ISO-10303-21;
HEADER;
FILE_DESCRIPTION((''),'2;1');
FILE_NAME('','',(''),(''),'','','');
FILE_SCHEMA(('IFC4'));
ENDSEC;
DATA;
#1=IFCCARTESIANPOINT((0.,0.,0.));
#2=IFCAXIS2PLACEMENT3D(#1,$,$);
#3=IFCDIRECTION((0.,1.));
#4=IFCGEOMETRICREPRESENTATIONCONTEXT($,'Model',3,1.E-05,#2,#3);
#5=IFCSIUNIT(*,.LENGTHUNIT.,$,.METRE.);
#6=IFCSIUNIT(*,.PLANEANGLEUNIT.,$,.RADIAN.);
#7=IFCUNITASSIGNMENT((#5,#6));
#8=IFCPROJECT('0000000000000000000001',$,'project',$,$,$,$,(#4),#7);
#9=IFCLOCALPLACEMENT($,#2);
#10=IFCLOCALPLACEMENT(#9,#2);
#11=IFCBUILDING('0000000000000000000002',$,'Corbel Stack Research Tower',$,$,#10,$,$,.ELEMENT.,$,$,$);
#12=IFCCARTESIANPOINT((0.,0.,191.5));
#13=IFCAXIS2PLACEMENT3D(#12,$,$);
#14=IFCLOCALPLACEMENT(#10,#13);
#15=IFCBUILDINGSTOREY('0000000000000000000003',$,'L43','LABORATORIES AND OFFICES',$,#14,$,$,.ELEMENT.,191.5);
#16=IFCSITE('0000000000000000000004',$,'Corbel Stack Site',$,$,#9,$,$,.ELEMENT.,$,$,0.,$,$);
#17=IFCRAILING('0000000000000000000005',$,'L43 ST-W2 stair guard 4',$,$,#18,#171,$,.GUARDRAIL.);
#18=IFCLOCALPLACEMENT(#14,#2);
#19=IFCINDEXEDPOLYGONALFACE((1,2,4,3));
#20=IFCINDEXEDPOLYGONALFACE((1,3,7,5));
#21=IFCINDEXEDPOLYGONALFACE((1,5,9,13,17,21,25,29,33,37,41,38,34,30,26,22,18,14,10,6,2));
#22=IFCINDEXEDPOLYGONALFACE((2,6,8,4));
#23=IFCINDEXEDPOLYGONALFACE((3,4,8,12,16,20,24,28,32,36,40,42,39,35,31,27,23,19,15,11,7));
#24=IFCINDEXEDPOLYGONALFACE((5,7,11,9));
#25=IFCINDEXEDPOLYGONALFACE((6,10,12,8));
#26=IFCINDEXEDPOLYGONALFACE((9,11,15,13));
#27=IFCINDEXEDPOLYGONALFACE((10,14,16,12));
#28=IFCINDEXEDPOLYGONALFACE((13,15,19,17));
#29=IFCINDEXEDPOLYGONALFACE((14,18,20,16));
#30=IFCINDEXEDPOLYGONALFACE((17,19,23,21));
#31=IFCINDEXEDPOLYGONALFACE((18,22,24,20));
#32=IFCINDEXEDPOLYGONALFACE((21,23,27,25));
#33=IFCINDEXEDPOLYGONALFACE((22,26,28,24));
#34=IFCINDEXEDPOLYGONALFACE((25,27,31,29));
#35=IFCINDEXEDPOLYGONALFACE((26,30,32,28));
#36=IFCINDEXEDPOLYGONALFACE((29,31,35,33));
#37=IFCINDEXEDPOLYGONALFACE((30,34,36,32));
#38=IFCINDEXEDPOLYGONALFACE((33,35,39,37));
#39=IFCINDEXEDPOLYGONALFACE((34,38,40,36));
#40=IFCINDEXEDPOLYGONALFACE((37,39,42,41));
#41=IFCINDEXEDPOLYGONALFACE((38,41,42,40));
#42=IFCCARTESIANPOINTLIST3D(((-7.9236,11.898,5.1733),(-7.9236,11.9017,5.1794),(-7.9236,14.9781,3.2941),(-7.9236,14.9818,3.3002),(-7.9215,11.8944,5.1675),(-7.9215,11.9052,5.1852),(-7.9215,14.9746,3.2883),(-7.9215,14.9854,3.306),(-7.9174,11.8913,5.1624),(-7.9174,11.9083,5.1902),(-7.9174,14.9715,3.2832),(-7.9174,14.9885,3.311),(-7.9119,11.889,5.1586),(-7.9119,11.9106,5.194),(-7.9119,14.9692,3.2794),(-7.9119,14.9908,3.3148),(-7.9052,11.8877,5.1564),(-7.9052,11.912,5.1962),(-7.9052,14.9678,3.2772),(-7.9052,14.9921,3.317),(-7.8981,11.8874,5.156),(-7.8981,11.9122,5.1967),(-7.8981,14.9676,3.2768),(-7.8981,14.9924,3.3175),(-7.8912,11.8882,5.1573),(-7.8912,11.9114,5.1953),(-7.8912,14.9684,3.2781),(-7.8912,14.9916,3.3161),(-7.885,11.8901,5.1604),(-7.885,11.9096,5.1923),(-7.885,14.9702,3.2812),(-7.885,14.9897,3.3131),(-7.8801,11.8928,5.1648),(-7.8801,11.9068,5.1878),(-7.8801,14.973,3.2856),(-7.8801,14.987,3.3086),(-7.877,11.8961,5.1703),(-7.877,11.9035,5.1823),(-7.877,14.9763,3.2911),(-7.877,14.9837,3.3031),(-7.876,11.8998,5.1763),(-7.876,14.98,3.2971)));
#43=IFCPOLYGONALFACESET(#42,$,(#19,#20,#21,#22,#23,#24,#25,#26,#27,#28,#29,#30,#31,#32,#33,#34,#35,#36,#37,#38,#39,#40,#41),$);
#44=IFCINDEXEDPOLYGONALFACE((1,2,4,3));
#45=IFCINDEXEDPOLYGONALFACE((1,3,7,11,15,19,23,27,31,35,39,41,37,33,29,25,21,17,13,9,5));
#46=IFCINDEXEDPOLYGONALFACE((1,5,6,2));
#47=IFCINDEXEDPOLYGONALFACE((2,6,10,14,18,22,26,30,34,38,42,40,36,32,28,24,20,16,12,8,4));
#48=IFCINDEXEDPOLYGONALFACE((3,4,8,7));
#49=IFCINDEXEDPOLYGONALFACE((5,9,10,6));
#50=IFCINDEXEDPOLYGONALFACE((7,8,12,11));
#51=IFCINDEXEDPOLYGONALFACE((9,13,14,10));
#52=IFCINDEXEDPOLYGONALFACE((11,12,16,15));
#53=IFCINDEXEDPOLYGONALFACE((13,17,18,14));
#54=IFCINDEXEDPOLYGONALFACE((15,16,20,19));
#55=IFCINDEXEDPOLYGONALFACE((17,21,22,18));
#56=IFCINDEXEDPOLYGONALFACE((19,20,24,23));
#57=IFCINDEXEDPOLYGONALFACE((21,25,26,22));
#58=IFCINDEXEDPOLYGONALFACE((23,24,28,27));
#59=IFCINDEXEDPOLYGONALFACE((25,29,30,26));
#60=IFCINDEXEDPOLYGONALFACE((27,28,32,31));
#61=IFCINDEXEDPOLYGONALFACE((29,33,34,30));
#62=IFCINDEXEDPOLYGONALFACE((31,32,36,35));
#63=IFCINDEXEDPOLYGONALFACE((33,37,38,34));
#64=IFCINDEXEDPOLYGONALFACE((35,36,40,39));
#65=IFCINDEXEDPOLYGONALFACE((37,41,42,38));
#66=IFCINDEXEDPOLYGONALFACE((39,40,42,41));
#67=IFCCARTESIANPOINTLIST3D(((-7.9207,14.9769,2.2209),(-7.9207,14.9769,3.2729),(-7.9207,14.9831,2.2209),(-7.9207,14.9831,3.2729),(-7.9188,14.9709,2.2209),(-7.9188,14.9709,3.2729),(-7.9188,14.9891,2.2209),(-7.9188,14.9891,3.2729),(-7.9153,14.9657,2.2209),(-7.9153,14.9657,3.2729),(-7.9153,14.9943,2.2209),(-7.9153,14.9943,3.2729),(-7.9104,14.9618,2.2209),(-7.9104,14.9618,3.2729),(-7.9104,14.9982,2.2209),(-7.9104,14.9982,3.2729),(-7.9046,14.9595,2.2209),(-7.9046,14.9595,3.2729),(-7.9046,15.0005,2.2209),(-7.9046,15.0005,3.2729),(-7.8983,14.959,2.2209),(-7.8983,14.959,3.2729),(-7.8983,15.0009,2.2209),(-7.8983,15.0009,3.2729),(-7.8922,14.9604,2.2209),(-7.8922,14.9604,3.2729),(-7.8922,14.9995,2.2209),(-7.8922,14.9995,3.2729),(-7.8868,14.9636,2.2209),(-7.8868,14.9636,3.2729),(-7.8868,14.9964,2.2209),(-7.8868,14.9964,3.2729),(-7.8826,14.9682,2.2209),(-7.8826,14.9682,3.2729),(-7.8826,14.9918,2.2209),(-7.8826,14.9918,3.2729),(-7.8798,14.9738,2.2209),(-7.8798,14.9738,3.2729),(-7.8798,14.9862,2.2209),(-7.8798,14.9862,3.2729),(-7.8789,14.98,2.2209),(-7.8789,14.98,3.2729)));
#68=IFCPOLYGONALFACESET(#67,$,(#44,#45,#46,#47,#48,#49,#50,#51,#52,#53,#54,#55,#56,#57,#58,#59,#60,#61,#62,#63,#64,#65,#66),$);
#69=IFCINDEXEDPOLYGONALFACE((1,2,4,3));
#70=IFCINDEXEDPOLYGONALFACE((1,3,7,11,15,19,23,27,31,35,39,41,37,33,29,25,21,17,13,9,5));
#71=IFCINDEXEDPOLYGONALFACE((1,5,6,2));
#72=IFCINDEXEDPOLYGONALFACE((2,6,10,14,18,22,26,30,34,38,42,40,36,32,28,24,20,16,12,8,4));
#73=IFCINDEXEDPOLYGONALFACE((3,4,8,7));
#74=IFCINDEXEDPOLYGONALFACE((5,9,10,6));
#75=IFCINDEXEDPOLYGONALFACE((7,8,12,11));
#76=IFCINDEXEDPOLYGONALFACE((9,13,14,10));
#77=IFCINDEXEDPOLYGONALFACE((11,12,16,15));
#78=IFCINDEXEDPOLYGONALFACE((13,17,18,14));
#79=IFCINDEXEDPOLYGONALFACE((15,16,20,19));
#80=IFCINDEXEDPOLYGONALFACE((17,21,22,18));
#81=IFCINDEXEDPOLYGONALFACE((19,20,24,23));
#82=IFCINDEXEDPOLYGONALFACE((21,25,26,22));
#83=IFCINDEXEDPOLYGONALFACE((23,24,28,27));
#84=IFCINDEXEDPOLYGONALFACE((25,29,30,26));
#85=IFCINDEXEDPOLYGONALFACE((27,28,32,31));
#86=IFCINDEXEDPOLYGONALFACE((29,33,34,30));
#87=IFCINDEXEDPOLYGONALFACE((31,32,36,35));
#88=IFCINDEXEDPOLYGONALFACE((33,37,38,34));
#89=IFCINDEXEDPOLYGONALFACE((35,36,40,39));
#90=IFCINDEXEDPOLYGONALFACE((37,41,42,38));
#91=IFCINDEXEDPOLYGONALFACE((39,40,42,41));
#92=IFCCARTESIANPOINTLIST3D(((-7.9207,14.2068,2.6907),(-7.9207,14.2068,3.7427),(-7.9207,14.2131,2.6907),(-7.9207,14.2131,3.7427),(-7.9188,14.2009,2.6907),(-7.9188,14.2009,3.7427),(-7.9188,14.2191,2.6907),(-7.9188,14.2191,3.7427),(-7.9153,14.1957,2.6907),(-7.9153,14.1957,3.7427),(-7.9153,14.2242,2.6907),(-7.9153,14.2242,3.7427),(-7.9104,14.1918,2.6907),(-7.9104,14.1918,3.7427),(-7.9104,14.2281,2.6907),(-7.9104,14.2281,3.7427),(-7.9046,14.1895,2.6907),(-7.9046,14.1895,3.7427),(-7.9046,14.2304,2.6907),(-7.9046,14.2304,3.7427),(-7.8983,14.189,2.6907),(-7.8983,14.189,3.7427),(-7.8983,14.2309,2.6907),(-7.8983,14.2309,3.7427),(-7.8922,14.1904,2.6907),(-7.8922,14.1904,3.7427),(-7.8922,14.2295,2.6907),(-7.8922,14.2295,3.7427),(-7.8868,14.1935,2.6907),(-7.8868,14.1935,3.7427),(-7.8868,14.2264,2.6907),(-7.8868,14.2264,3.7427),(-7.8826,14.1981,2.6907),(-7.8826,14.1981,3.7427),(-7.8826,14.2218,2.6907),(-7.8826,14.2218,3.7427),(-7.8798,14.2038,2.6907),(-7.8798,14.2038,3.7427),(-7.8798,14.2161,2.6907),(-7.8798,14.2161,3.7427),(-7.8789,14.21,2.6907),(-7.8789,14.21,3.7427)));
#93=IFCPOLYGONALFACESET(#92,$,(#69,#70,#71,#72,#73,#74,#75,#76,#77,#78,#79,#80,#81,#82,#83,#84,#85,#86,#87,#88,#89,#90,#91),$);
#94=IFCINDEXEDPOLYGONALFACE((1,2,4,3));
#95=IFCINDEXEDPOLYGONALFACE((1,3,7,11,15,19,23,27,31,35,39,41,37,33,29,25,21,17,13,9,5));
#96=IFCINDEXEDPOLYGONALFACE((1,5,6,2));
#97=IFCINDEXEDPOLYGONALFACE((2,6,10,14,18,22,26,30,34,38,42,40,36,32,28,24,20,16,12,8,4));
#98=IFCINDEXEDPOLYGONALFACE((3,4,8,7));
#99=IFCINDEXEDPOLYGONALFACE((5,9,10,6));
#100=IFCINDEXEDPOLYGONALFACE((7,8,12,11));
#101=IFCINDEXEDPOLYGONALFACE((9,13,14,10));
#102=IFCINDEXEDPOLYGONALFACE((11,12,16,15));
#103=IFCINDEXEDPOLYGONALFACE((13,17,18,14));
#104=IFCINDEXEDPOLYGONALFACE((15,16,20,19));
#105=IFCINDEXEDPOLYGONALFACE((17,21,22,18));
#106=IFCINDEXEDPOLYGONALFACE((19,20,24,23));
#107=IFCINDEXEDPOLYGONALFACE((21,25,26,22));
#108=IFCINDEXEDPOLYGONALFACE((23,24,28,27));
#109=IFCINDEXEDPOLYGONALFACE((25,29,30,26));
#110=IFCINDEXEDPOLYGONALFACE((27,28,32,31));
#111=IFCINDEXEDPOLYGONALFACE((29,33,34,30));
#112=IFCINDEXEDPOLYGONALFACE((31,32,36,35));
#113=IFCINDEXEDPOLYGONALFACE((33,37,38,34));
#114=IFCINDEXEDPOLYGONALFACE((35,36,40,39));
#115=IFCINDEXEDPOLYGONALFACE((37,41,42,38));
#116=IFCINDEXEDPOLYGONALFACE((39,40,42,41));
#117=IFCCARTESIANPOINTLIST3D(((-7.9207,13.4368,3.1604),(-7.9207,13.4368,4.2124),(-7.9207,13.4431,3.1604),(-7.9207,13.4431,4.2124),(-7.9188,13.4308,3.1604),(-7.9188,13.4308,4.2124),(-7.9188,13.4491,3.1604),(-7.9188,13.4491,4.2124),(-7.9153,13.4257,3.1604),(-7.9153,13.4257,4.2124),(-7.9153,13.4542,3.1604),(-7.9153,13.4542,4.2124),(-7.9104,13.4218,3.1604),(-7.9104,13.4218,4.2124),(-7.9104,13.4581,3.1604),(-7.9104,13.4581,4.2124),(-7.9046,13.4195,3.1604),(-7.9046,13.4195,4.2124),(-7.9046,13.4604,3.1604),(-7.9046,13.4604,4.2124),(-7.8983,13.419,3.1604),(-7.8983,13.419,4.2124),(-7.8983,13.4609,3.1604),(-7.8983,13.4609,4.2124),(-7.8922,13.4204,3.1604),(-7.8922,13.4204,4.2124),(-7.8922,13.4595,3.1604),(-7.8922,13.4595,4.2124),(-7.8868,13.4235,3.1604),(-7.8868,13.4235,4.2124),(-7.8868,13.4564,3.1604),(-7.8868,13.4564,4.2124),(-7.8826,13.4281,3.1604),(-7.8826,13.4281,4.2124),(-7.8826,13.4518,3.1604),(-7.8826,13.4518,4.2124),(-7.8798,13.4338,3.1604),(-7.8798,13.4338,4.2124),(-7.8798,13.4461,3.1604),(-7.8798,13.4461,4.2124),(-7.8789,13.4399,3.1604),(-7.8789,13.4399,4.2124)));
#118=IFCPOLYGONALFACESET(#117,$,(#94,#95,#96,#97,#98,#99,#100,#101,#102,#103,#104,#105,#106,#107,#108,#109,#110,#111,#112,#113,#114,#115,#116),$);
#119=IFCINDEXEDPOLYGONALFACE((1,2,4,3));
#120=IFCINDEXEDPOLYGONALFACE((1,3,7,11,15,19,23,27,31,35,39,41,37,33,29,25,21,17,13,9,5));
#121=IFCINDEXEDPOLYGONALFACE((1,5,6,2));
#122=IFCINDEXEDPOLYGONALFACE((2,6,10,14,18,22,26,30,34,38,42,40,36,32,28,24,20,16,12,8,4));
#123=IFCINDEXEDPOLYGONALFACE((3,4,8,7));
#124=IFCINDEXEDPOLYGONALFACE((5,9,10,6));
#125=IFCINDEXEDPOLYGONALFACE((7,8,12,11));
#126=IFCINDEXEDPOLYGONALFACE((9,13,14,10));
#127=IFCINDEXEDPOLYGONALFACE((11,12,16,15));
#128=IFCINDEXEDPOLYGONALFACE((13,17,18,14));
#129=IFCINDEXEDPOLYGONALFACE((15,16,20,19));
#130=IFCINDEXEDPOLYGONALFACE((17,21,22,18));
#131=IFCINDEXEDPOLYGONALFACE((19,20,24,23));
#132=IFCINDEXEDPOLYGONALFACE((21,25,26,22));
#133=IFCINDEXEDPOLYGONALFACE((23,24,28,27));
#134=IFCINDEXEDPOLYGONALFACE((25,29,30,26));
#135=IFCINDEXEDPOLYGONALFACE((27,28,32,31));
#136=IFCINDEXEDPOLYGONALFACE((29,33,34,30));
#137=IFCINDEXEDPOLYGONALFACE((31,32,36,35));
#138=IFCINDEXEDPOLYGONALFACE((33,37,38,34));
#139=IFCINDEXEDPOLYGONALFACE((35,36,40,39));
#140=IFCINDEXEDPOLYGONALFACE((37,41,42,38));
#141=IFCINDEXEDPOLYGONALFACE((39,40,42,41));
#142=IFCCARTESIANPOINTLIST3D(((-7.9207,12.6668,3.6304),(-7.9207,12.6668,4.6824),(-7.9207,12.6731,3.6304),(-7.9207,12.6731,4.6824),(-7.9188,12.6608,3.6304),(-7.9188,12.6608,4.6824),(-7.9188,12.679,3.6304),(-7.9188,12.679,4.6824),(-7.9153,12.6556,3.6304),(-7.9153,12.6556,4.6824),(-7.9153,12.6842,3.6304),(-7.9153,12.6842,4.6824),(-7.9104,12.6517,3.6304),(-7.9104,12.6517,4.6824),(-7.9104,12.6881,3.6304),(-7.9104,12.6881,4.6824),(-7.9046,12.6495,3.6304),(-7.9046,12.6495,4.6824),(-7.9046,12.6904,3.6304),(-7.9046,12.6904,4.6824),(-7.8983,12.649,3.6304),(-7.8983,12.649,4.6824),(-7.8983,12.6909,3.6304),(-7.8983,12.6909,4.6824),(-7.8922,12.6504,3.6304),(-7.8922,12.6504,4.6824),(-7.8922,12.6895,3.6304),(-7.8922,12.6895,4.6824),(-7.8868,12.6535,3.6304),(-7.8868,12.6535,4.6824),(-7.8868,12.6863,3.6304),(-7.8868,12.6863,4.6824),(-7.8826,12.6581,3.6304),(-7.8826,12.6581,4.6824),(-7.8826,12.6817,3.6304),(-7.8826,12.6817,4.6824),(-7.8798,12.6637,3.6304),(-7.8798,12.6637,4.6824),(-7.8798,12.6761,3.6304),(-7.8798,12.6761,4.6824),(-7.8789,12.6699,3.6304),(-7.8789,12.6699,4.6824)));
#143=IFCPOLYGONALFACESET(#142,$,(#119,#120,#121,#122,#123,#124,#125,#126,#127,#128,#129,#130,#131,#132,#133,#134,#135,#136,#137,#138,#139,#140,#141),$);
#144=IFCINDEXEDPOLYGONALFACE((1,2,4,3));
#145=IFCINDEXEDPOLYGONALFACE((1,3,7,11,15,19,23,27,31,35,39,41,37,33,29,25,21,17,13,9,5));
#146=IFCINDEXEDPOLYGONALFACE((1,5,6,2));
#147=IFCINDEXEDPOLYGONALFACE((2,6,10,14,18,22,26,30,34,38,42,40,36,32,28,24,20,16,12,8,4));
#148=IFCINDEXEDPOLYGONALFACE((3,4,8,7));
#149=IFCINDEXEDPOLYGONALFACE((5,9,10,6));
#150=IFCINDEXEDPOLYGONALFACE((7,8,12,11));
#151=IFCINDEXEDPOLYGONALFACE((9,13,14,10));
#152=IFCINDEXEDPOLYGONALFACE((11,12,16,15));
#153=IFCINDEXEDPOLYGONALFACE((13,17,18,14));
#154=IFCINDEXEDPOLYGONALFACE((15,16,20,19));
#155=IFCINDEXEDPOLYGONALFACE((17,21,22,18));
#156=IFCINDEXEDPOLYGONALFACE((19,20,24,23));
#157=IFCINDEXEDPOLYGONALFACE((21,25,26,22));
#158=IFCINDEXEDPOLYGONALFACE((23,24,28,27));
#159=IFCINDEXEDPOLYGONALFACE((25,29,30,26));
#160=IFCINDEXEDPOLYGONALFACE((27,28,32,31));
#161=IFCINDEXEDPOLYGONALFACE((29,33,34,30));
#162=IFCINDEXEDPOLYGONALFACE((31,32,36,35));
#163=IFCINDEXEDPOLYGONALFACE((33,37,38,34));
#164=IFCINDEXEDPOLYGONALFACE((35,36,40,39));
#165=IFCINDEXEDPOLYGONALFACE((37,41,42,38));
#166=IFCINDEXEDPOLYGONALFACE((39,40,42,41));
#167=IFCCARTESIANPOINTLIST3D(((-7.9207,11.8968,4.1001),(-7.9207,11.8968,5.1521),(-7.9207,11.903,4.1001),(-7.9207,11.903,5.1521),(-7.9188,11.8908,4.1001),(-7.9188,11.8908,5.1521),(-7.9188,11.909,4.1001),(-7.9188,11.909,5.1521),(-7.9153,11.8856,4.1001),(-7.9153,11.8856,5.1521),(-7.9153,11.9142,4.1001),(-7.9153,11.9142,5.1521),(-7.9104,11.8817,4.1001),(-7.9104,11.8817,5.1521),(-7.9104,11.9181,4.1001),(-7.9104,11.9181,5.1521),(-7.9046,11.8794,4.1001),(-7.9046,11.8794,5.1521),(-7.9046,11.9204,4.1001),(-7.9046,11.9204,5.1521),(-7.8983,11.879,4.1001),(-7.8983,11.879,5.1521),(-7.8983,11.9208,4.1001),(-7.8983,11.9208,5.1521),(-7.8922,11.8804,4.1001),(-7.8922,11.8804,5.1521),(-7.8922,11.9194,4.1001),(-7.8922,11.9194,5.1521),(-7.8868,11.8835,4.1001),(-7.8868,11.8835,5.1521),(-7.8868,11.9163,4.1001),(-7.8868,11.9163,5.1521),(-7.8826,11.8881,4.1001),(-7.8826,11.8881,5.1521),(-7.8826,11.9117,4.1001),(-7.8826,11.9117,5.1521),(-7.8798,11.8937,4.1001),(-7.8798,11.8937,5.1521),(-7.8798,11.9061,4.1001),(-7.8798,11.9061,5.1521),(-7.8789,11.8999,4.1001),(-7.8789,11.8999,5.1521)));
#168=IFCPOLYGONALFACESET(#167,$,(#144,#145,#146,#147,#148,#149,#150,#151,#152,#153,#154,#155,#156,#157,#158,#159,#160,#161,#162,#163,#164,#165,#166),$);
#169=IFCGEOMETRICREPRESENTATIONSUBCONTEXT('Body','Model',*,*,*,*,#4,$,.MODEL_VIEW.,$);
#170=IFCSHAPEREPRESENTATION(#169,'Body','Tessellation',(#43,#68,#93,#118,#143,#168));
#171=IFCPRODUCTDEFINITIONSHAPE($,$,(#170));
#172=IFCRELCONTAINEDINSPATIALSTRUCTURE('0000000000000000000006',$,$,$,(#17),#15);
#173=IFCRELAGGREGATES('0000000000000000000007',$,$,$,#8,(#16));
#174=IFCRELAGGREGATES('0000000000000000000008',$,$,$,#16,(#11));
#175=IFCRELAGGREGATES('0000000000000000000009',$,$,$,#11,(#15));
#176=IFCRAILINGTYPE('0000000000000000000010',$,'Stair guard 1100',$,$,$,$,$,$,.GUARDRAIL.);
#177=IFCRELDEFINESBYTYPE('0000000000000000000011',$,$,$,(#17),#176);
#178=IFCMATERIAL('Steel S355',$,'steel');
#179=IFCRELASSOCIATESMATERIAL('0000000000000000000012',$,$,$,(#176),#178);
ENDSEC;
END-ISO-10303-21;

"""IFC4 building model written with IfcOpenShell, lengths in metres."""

from ifc_helpers import new_model, si_unit, direction, frame, origin, origin_2d, place, context, subcontext, project, spatial, circle, extrude, material, type_object, element, save


model = new_model("IFC4")

# Units and contexts
model_context = context("Model", 3, precision=1e-05, world=origin(), true_north=direction((0.0, 1.0)))
body_context = subcontext(model_context, "Body", "Model", "MODEL_VIEW")
ifc_project = project(units=[si_unit("LENGTHUNIT", "METRE"), si_unit("PLANEANGLEUNIT", "RADIAN")], contexts=[model_context])

# Site, building, storey
site_placement = place(None, origin())
site = spatial("IfcSite", under=ifc_project, at=site_placement, Name="Corbel Stack Site", CompositionType="ELEMENT", RefElevation=0.0)
building_placement = place(site_placement, origin())
building = spatial("IfcBuilding", under=site, at=building_placement, Name="Corbel Stack Research Tower", CompositionType="ELEMENT")
storey_placement = place(building_placement, frame((0.0, 0.0, 191.5)))
storey = spatial("IfcBuildingStorey", under=building, at=storey_placement, Name="L43", Description="LABORATORIES AND OFFICES", CompositionType="ELEMENT", Elevation=191.5)

# Railing
ifc_material_1 = material(Name="Steel S355", Category="steel")
railing_type_1 = type_object("IfcRailingType", Name="Stair guard 1100", PredefinedType="GUARDRAIL", material=ifc_material_1)
railing_1_placement = place(storey_placement, frame((-7.8999, 14.98, 2.2209)))
element("IfcRailing", 1, at=railing_1_placement, inside=storey, type_object=railing_type_1, Name="L43 ST-W2 stair guard 4", PredefinedType="GUARDRAIL", context=body_context, shape_type="SweptSolid", body=[
    extrude(circle(Radius=0.0239, at=origin_2d()), frame((0.0, 0.0, 1.0762), z_axis=(0.0, -0.853666, 0.52082), x_axis=(1.0, 0.0, 0.0)), (0.0, 0.0, 1.0), 3.6082),
    extrude(circle(Radius=0.021, at=origin_2d()), origin(), (0.0, 0.0, 1.0), 1.052),
    extrude(circle(Radius=0.021, at=origin_2d()), frame((0.0, -0.77, 0.4697)), (0.0, 0.0, 1.0), 1.052),
    extrude(circle(Radius=0.021, at=origin_2d()), frame((0.0, -1.54, 0.9395)), (0.0, 0.0, 1.0), 1.052),
    extrude(circle(Radius=0.021, at=origin_2d()), frame((0.0, -2.3101, 1.4094)), (0.0, 0.0, 1.0), 1.052),
    extrude(circle(Radius=0.021, at=origin_2d()), frame((0.0, -3.0801, 1.8792)), (0.0, 0.0, 1.0), 1.052),
])

save(model, "model.ifc")
